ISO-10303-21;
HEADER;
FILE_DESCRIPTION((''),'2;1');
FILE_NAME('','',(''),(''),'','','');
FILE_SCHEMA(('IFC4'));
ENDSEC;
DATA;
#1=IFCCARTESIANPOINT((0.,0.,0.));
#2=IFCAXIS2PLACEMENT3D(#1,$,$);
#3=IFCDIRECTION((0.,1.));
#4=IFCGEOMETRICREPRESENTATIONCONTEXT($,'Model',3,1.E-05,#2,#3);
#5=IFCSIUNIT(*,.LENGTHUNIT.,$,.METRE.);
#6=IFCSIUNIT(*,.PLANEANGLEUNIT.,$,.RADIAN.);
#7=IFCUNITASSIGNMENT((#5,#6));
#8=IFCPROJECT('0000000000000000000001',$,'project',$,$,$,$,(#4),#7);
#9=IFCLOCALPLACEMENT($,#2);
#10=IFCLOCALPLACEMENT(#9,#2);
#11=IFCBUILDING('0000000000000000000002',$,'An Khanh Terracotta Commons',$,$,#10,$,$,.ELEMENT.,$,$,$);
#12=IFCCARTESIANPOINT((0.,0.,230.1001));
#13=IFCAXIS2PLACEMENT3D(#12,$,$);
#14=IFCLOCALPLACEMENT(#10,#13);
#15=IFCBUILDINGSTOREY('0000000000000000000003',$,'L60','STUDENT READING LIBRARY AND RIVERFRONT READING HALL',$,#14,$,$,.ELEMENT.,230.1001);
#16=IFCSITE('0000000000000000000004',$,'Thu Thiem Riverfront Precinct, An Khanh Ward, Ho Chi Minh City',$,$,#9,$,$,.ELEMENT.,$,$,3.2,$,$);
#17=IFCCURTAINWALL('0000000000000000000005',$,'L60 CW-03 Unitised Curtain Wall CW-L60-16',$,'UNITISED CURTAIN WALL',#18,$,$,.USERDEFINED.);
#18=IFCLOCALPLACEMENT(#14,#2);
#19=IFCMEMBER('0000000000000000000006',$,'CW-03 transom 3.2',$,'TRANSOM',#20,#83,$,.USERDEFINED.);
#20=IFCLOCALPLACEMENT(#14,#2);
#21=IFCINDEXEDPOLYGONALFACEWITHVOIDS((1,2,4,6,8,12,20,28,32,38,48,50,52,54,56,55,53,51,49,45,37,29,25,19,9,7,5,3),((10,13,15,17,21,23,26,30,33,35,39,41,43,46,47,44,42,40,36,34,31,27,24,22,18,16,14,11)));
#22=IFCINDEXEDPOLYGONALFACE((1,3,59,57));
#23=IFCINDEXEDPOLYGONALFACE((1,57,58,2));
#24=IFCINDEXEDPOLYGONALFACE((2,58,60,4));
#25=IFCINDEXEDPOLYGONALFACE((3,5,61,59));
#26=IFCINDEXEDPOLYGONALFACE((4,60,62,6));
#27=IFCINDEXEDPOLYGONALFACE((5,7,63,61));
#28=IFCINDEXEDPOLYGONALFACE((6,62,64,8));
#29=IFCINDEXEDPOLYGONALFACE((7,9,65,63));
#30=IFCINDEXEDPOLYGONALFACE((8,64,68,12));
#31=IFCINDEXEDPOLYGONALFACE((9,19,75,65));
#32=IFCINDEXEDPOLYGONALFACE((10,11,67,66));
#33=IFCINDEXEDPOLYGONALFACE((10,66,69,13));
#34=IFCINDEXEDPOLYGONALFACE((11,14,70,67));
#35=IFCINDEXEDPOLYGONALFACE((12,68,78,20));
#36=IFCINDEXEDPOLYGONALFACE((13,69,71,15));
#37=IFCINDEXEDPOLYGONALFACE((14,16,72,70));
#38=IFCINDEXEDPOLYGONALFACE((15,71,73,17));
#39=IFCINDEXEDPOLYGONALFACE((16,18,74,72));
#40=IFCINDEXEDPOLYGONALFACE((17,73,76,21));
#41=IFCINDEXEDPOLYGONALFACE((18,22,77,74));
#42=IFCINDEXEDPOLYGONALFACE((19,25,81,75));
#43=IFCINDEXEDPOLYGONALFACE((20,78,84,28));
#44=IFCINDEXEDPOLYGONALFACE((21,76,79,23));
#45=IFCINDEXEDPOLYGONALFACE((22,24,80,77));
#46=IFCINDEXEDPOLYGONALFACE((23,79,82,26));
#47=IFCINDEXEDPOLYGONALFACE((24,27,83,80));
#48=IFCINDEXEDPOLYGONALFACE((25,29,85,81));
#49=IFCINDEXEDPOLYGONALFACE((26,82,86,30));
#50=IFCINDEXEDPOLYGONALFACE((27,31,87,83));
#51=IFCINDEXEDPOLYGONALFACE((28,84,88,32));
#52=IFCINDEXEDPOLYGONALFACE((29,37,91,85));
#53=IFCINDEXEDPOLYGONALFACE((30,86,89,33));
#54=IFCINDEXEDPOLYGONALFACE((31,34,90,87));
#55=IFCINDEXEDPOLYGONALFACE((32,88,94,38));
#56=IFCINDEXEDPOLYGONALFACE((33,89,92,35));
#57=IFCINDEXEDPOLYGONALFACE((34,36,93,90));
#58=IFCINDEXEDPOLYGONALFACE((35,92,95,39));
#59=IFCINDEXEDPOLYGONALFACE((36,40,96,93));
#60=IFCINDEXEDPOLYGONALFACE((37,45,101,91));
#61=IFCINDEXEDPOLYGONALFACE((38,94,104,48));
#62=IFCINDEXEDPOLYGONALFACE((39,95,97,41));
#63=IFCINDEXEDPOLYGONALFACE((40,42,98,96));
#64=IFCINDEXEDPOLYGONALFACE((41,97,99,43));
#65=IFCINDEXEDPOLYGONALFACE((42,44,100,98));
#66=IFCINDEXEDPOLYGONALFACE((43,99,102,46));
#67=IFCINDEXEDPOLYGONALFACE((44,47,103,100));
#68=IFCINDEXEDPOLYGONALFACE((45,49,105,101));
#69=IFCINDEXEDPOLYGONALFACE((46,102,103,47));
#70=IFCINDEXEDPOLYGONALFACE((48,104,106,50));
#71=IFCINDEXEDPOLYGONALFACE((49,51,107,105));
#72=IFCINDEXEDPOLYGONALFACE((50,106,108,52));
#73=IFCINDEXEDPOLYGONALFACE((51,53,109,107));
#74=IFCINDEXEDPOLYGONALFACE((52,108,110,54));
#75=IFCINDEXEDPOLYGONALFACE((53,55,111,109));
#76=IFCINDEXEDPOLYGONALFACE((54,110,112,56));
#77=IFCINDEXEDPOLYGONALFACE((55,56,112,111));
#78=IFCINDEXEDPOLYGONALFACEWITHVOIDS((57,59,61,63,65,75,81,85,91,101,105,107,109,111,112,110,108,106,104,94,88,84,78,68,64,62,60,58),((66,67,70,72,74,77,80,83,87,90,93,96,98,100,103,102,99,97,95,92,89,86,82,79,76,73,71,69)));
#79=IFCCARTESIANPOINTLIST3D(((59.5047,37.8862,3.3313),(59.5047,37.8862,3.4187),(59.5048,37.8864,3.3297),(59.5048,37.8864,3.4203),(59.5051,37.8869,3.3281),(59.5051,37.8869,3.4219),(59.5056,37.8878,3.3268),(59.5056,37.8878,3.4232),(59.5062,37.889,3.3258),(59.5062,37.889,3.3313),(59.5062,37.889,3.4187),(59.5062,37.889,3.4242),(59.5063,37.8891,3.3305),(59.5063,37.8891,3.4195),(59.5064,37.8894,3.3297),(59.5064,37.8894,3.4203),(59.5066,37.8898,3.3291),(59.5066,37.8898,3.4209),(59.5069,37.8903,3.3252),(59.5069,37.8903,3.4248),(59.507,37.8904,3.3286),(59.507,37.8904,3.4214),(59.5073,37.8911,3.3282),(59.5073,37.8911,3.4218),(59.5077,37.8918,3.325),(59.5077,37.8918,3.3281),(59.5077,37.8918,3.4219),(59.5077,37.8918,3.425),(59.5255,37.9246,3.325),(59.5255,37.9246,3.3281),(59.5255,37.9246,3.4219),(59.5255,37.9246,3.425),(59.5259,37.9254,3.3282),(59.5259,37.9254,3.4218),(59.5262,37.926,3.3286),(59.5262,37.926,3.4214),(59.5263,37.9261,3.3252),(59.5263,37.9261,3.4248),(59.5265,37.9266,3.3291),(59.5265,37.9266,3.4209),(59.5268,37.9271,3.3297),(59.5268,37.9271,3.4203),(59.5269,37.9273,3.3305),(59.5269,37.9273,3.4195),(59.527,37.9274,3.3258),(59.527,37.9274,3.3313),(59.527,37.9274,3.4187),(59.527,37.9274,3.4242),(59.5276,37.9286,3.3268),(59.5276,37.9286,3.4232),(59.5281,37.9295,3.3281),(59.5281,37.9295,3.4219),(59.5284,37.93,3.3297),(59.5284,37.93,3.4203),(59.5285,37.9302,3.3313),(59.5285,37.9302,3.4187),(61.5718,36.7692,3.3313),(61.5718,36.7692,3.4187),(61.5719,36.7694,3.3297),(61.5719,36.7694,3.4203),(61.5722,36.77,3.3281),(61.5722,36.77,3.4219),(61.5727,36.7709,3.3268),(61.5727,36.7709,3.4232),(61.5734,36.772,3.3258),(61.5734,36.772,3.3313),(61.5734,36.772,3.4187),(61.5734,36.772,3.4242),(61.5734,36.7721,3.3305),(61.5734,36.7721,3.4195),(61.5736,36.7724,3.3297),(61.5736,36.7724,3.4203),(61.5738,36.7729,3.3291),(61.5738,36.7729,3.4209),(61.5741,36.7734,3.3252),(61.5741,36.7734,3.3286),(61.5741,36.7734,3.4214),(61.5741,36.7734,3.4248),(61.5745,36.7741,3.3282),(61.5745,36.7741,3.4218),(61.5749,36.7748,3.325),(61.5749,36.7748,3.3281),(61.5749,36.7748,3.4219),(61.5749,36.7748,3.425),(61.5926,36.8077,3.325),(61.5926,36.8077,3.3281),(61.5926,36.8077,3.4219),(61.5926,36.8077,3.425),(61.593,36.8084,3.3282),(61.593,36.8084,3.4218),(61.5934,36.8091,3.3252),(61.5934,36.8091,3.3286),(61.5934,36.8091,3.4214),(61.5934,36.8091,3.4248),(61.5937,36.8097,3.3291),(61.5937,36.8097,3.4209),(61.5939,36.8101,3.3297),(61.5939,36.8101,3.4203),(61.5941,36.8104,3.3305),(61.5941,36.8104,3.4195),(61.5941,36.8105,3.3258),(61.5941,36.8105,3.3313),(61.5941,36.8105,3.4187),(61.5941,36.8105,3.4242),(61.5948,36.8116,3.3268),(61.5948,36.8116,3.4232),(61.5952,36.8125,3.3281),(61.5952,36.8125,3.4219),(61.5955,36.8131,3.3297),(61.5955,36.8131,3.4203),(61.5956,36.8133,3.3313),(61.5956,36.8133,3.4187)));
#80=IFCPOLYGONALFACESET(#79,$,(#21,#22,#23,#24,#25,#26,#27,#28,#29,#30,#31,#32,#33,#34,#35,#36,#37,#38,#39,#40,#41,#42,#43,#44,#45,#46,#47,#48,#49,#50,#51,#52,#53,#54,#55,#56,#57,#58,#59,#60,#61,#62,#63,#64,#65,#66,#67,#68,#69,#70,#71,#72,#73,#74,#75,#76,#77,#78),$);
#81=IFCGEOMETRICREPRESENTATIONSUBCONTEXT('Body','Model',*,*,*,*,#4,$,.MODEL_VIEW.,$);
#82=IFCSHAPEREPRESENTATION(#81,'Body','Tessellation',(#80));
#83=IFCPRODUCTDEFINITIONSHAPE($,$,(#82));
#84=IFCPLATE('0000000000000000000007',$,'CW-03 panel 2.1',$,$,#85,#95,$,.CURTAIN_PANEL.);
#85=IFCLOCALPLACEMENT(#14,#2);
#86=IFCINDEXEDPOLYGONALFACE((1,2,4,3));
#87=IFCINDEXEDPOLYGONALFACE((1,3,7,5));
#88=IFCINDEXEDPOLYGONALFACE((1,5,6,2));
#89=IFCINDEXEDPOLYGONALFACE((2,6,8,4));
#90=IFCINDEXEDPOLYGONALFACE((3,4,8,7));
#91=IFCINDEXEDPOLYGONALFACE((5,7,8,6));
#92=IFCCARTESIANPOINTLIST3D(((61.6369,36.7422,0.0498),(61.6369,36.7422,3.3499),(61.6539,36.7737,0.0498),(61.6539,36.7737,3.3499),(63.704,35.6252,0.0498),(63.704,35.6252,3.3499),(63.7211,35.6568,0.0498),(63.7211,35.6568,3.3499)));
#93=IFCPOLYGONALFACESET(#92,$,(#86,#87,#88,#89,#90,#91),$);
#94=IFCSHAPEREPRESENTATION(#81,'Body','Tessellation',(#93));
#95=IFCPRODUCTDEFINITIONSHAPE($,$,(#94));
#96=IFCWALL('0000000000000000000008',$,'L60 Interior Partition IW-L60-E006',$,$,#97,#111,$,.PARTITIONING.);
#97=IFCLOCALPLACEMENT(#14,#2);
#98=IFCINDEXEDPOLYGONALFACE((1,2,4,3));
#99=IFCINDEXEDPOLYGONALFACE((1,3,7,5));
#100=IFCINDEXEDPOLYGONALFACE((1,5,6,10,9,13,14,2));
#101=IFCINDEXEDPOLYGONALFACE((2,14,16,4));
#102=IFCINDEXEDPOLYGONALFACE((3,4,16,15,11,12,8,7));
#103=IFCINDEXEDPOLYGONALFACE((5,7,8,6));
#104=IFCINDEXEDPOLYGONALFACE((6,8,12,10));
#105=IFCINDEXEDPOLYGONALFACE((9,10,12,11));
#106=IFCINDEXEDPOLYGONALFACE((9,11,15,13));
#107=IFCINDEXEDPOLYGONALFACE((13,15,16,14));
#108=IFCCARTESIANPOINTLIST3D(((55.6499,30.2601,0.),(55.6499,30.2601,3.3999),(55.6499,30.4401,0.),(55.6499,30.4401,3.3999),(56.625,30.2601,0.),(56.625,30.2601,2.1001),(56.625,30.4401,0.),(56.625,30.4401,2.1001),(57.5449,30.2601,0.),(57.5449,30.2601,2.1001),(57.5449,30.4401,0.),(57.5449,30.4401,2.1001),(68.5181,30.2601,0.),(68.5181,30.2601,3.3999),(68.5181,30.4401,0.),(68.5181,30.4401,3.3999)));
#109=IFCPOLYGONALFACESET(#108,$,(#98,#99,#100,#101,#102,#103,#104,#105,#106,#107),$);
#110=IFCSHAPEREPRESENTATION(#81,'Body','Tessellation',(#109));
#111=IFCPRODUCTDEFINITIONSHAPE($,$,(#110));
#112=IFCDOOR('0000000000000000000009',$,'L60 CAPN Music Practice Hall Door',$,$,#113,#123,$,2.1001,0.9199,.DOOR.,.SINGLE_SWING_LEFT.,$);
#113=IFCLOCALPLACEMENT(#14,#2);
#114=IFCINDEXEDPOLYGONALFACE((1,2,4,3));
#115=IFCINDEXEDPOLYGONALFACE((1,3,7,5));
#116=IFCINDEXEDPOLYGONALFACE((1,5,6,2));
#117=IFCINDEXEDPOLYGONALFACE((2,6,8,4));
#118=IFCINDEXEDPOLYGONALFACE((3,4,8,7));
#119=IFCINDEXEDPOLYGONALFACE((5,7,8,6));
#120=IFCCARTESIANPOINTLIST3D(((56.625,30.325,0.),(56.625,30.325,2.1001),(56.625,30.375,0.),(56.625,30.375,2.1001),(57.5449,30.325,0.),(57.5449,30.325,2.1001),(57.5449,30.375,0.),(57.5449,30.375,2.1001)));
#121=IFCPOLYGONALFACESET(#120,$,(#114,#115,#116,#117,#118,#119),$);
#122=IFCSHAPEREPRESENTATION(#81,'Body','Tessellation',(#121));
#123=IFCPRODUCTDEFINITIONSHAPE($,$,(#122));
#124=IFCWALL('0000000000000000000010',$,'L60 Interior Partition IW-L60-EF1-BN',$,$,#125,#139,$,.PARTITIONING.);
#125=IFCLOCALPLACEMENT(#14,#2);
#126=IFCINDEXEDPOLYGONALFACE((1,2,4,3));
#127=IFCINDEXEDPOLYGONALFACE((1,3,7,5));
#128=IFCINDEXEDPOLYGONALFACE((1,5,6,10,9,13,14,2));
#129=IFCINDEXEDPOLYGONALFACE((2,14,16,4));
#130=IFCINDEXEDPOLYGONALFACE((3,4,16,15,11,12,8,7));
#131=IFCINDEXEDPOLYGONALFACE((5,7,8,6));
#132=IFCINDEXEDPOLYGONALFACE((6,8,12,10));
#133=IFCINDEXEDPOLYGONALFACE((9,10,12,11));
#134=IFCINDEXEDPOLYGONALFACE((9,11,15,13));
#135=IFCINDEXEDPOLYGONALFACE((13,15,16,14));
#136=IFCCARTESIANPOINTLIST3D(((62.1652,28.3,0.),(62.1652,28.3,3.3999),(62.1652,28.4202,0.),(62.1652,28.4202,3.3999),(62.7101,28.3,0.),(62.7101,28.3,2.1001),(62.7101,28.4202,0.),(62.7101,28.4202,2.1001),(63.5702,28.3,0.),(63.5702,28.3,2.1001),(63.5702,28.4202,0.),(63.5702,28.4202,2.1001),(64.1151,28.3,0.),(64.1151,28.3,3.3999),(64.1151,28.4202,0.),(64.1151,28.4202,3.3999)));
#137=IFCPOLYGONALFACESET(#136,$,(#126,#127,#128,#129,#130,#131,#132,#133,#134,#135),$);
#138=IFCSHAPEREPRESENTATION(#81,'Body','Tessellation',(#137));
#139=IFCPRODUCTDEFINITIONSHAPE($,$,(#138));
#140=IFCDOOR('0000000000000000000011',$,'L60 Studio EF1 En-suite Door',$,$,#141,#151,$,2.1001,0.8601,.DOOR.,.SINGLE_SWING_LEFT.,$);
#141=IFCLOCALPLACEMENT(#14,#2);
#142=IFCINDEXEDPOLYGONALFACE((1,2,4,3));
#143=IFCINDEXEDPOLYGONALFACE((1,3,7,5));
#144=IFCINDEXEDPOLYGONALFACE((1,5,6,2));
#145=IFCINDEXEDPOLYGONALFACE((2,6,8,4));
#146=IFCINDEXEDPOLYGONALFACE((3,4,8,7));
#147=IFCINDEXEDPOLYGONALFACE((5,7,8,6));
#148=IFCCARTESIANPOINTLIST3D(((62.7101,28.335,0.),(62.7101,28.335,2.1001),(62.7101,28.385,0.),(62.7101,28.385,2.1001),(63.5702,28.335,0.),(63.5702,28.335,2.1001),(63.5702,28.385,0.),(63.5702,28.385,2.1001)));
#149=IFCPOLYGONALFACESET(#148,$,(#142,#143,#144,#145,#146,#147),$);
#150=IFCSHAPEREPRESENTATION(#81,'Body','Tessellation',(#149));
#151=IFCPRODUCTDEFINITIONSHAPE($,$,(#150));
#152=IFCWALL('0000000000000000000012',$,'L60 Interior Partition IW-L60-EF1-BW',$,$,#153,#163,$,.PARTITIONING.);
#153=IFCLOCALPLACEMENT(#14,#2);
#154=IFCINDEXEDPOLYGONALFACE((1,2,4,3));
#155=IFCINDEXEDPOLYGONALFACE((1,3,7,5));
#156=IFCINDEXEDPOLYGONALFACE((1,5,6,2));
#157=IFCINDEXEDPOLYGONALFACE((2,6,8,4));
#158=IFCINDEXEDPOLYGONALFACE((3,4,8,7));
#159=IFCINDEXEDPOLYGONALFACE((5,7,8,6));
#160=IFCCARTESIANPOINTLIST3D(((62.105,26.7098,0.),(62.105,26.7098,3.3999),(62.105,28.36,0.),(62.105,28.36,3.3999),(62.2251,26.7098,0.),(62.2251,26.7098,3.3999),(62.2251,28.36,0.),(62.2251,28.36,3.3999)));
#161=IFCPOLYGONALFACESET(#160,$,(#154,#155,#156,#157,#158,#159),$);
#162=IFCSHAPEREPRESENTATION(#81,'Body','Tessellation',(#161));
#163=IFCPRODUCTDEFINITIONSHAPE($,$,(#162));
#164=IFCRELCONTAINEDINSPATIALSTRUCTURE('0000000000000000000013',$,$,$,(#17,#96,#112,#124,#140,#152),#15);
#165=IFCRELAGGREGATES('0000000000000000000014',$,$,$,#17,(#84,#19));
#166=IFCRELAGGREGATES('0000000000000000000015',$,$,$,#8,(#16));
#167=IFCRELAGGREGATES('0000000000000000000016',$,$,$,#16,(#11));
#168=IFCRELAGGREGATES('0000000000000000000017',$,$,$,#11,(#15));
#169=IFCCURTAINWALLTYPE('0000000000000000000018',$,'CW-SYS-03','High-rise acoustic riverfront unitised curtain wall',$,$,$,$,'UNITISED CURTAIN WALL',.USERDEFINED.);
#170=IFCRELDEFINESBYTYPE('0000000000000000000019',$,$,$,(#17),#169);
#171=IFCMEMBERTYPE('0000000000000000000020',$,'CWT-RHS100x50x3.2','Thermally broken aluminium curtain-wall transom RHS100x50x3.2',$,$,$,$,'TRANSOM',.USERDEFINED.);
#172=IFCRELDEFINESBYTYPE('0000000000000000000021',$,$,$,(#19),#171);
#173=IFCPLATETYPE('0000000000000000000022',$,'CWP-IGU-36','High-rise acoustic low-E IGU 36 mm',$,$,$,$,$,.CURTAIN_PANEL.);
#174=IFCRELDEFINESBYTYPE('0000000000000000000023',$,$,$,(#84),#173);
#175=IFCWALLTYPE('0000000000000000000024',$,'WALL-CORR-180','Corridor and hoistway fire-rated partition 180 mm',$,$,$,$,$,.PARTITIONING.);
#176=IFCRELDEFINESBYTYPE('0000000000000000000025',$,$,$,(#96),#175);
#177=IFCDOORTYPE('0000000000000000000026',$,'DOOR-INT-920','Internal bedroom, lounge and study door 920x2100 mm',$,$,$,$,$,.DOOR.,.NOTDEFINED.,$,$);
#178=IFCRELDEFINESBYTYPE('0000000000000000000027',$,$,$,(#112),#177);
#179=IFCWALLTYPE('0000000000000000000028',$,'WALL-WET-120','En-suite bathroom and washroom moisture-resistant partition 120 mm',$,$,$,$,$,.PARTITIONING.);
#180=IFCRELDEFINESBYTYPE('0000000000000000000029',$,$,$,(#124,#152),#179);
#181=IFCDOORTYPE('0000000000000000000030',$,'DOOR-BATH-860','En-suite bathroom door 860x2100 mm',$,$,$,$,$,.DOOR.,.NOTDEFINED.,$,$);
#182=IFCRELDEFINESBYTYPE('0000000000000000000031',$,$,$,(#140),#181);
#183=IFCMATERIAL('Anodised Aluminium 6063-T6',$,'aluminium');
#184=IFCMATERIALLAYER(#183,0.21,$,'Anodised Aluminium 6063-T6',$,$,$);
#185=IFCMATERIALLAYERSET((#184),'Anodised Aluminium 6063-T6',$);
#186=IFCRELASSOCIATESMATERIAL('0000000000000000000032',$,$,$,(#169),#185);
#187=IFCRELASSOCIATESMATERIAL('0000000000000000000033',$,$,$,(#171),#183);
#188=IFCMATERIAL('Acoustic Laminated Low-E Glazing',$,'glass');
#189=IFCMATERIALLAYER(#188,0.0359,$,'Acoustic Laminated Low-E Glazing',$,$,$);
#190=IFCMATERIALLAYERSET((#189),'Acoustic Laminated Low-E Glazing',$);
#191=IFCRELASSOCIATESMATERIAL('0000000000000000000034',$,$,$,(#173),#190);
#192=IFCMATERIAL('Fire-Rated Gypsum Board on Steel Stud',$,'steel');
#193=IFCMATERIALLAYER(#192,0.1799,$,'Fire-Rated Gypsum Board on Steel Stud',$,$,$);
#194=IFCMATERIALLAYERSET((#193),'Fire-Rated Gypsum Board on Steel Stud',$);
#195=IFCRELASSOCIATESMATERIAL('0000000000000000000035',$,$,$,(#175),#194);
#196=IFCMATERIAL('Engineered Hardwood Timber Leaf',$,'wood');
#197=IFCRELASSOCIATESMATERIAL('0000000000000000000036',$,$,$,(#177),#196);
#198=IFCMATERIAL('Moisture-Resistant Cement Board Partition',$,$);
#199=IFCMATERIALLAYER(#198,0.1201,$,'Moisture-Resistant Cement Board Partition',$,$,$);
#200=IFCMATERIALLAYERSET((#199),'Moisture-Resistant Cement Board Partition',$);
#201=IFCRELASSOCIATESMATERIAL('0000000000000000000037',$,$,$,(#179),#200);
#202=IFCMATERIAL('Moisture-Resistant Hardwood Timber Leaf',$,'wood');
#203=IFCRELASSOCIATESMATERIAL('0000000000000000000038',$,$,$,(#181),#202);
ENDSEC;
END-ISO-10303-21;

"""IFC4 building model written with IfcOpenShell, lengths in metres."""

from ifc_helpers import new_model, si_unit, direction, frame, frame_2d, origin, origin_2d, place, context, subcontext, project, spatial, rectangle, hollow_rectangle, extrude, material, layer, layer_set, material_profile, profile_set, type_object, element, fill, aggregate, save


model = new_model("IFC4")

# Units and contexts
model_context = context("Model", 3, precision=1e-05, world=origin(), true_north=direction((0.0, 1.0)))
body_context = subcontext(model_context, "Body", "Model", "MODEL_VIEW")
ifc_project = project(units=[si_unit("LENGTHUNIT", "METRE"), si_unit("PLANEANGLEUNIT", "RADIAN")], contexts=[model_context])

# Site, building, storey
site_placement = place(None, origin())
site = spatial("IfcSite", under=ifc_project, at=site_placement, Name="Thu Thiem Riverfront Precinct, An Khanh Ward, Ho Chi Minh City", CompositionType="ELEMENT", RefElevation=3.2)
building_placement = place(site_placement, origin())
building = spatial("IfcBuilding", under=site, at=building_placement, Name="An Khanh Terracotta Commons", CompositionType="ELEMENT")
storey_placement = place(building_placement, frame((0.0, 0.0, 230.1001)))
storey = spatial("IfcBuildingStorey", under=building, at=storey_placement, Name="L60", Description="STUDENT READING LIBRARY AND RIVERFRONT READING HALL", CompositionType="ELEMENT", Elevation=230.1001)

# Curtain wall, member, plate
ifc_material_1 = material(Name="Anodised Aluminium 6063-T6", Category="aluminium")
ifc_layer_1 = layer(ifc_material_1, 0.21, Name="Anodised Aluminium 6063-T6")
ifc_layer_set_1 = layer_set([ifc_layer_1], Name="Anodised Aluminium 6063-T6")
curtain_wall_type = type_object("IfcCurtainWallType", Name="CW-SYS-03", Description="High-rise acoustic riverfront unitised curtain wall", ElementType="UNITISED CURTAIN WALL", PredefinedType="USERDEFINED", material=ifc_layer_set_1)
curtain_wall_placement = place(storey_placement, origin())
curtain_wall = element("IfcCurtainWall", 1, at=curtain_wall_placement, inside=storey, type_object=curtain_wall_type, Name="L60 CW-03 Unitised Curtain Wall CW-L60-16", ObjectType="UNITISED CURTAIN WALL", PredefinedType="USERDEFINED")
ifc_material_profile_1 = material_profile(ifc_material_1, hollow_rectangle(XDim=0.05, YDim=0.1001, WallThickness=0.0032, InnerFilletRadius=0.0032, OuterFilletRadius=0.0063, at=origin_2d()), Name="RHS100x50x3.2")
ifc_profile_set_1 = profile_set([ifc_material_profile_1], Name="Anodised Aluminium 6063-T6")
member_type_1 = type_object("IfcMemberType", Name="CWT-RHS100x50x3.2", Description="Thermally broken aluminium curtain-wall transom RHS100x50x3.2", ElementType="TRANSOM", PredefinedType="USERDEFINED", material=ifc_profile_set_1)
member_1_placement = place(storey_placement, frame((61.5837, 36.7913, 3.375), z_axis=(-0.879783, 0.475376, 0.0), x_axis=(-0.475376, -0.879783, 0.0)))
member_1 = element("IfcMember", 2, at=member_1_placement, type_object=member_type_1, Name="CW-03 transom 3.2", ObjectType="TRANSOM", PredefinedType="USERDEFINED", context=body_context, shape_type="SweptSolid", body=[
    extrude(hollow_rectangle(XDim=0.05, YDim=0.1001, WallThickness=0.0032, InnerFilletRadius=0.0032, OuterFilletRadius=0.0063, at=origin_2d()), origin(), (0.0, 0.0, 1.0), 2.3496),
])
ifc_material_2 = material(Name="Acoustic Laminated Low-E Glazing", Category="glass")
ifc_layer_2 = layer(ifc_material_2, 0.0359, Name="Acoustic Laminated Low-E Glazing")
ifc_layer_set_2 = layer_set([ifc_layer_2], Name="Acoustic Laminated Low-E Glazing")
plate_type = type_object("IfcPlateType", Name="CWP-IGU-36", Description="High-rise acoustic low-E IGU 36 mm", PredefinedType="CURTAIN_PANEL", material=ifc_layer_set_2)
plate_placement = place(storey_placement, frame((62.679, 36.1995, 0.0498), z_axis=(0.0, 0.0, 1.0), x_axis=(-0.87978, 0.475381, 0.0)))
plate = element("IfcPlate", 3, at=plate_placement, type_object=plate_type, Name="CW-03 panel 2.1", PredefinedType="CURTAIN_PANEL", context=body_context, shape_type="SweptSolid", body=[
    extrude(rectangle(XDim=2.3496, YDim=0.0359, at=origin_2d()), origin(), (0.0, 0.0, 1.0), 3.3),
])
aggregate(curtain_wall, [plate, member_1])

# Walls, openings, doors
ifc_material_3 = material(Name="Fire-Rated Gypsum Board on Steel Stud", Category="steel")
ifc_layer_3 = layer(ifc_material_3, 0.1799, Name="Fire-Rated Gypsum Board on Steel Stud")
ifc_layer_set_3 = layer_set([ifc_layer_3], Name="Fire-Rated Gypsum Board on Steel Stud")
wall_type_1 = type_object("IfcWallType", Name="WALL-CORR-180", Description="Corridor and hoistway fire-rated partition 180 mm", PredefinedType="PARTITIONING", material=ifc_layer_set_3)
wall_1_placement = place(storey_placement, frame((55.6499, 30.3501, 0.0), z_axis=(0.0, 0.0, 1.0), x_axis=(1.0, 0.0, 0.0)))
wall_1 = element("IfcWall", 4, at=wall_1_placement, inside=storey, type_object=wall_type_1, Name="L60 Interior Partition IW-L60-E006", PredefinedType="PARTITIONING", context=body_context, shape_type="SweptSolid", body=[
    extrude(rectangle(XDim=12.8682, YDim=0.1799, at=frame_2d((6.4341, 0.0))), origin(), (0.0, 0.0, 1.0), 3.3999),
])
opening_1_placement = place(wall_1_placement, frame((0.9751, 0.0, 0.0)))
opening_1 = element("IfcOpeningElement", 5, at=opening_1_placement, cuts=wall_1, PredefinedType="OPENING", context=body_context, shape_type="SweptSolid", body=[
    extrude(rectangle(XDim=0.9199, YDim=2.1001, at=frame_2d((0.46, 1.05))), frame((0.0, 0.0999, 0.0), z_axis=(0.0, -1.0, 0.0), x_axis=(1.0, 0.0, 0.0)), (0.0, 0.0, 1.0), 0.2),
])
ifc_material_4 = material(Name="Engineered Hardwood Timber Leaf", Category="wood")
door_type_1 = type_object("IfcDoorType", Name="DOOR-INT-920", Description="Internal bedroom, lounge and study door 920x2100 mm", OperationType="NOTDEFINED", PredefinedType="DOOR", material=ifc_material_4)
door_1_placement = place(opening_1_placement, origin())
door_1 = element("IfcDoor", 6, at=door_1_placement, inside=storey, type_object=door_type_1, Name="L60 CAPN Music Practice Hall Door", OperationType="SINGLE_SWING_LEFT", OverallHeight=2.1001, OverallWidth=0.9199, PredefinedType="DOOR", context=body_context, shape_type="SweptSolid", body=[
    extrude(rectangle(XDim=0.9199, YDim=2.1001, at=frame_2d((0.46, 1.05))), frame((0.0, 0.0249, 0.0), z_axis=(0.0, -1.0, 0.0), x_axis=(1.0, 0.0, 0.0)), (0.0, 0.0, 1.0), 0.05),
])
fill(opening_1, door_1)
ifc_material_5 = material(Name="Moisture-Resistant Cement Board Partition")
ifc_layer_4 = layer(ifc_material_5, 0.1201, Name="Moisture-Resistant Cement Board Partition")
ifc_layer_set_4 = layer_set([ifc_layer_4], Name="Moisture-Resistant Cement Board Partition")
wall_type_2 = type_object("IfcWallType", Name="WALL-WET-120", Description="En-suite bathroom and washroom moisture-resistant partition 120 mm", PredefinedType="PARTITIONING", material=ifc_layer_set_4)
wall_2_placement = place(storey_placement, frame((62.165, 28.3601, 0.0), z_axis=(0.0, 0.0, 1.0), x_axis=(1.0, 0.0, 0.0)))
wall_2 = element("IfcWall", 7, at=wall_2_placement, inside=storey, type_object=wall_type_2, Name="L60 Interior Partition IW-L60-EF1-BN", PredefinedType="PARTITIONING", context=body_context, shape_type="SweptSolid", body=[
    extrude(rectangle(XDim=1.95, YDim=0.1201, at=frame_2d((0.9751, 0.0))), origin(), (0.0, 0.0, 1.0), 3.3999),
])
opening_2_placement = place(wall_2_placement, frame((0.5449, 0.0, 0.0)))
opening_2 = element("IfcOpeningElement", 8, at=opening_2_placement, cuts=wall_2, PredefinedType="OPENING", context=body_context, shape_type="SweptSolid", body=[
    extrude(rectangle(XDim=0.8601, YDim=2.1001, at=frame_2d((0.4302, 1.05))), frame((0.0, 0.0701, 0.0), z_axis=(0.0, -1.0, 0.0), x_axis=(1.0, 0.0, 0.0)), (0.0, 0.0, 1.0), 0.1401),
])
ifc_material_6 = material(Name="Moisture-Resistant Hardwood Timber Leaf", Category="wood")
door_type_2 = type_object("IfcDoorType", Name="DOOR-BATH-860", Description="En-suite bathroom door 860x2100 mm", OperationType="NOTDEFINED", PredefinedType="DOOR", material=ifc_material_6)
door_2_placement = place(opening_2_placement, origin())
door_2 = element("IfcDoor", 9, at=door_2_placement, inside=storey, type_object=door_type_2, Name="L60 Studio EF1 En-suite Door", OperationType="SINGLE_SWING_LEFT", OverallHeight=2.1001, OverallWidth=0.8601, PredefinedType="DOOR", context=body_context, shape_type="SweptSolid", body=[
    extrude(rectangle(XDim=0.8601, YDim=2.1001, at=frame_2d((0.4302, 1.05))), frame((0.0, 0.0249, 0.0), z_axis=(0.0, -1.0, 0.0), x_axis=(1.0, 0.0, 0.0)), (0.0, 0.0, 1.0), 0.05),
])
fill(opening_2, door_2)

# Wall
wall_3_placement = place(storey_placement, frame((62.165, 28.3601, 0.0), z_axis=(0.0, 0.0, 1.0), x_axis=(0.0, -1.0, 0.0)))
element("IfcWall", 10, at=wall_3_placement, inside=storey, type_object=wall_type_2, Name="L60 Interior Partition IW-L60-EF1-BW", PredefinedType="PARTITIONING", context=body_context, shape_type="SweptSolid", body=[
    extrude(rectangle(XDim=1.6501, YDim=0.1201, at=frame_2d((0.8252, 0.0))), origin(), (0.0, 0.0, 1.0), 3.3999),
])

save(model, "model.ifc")
